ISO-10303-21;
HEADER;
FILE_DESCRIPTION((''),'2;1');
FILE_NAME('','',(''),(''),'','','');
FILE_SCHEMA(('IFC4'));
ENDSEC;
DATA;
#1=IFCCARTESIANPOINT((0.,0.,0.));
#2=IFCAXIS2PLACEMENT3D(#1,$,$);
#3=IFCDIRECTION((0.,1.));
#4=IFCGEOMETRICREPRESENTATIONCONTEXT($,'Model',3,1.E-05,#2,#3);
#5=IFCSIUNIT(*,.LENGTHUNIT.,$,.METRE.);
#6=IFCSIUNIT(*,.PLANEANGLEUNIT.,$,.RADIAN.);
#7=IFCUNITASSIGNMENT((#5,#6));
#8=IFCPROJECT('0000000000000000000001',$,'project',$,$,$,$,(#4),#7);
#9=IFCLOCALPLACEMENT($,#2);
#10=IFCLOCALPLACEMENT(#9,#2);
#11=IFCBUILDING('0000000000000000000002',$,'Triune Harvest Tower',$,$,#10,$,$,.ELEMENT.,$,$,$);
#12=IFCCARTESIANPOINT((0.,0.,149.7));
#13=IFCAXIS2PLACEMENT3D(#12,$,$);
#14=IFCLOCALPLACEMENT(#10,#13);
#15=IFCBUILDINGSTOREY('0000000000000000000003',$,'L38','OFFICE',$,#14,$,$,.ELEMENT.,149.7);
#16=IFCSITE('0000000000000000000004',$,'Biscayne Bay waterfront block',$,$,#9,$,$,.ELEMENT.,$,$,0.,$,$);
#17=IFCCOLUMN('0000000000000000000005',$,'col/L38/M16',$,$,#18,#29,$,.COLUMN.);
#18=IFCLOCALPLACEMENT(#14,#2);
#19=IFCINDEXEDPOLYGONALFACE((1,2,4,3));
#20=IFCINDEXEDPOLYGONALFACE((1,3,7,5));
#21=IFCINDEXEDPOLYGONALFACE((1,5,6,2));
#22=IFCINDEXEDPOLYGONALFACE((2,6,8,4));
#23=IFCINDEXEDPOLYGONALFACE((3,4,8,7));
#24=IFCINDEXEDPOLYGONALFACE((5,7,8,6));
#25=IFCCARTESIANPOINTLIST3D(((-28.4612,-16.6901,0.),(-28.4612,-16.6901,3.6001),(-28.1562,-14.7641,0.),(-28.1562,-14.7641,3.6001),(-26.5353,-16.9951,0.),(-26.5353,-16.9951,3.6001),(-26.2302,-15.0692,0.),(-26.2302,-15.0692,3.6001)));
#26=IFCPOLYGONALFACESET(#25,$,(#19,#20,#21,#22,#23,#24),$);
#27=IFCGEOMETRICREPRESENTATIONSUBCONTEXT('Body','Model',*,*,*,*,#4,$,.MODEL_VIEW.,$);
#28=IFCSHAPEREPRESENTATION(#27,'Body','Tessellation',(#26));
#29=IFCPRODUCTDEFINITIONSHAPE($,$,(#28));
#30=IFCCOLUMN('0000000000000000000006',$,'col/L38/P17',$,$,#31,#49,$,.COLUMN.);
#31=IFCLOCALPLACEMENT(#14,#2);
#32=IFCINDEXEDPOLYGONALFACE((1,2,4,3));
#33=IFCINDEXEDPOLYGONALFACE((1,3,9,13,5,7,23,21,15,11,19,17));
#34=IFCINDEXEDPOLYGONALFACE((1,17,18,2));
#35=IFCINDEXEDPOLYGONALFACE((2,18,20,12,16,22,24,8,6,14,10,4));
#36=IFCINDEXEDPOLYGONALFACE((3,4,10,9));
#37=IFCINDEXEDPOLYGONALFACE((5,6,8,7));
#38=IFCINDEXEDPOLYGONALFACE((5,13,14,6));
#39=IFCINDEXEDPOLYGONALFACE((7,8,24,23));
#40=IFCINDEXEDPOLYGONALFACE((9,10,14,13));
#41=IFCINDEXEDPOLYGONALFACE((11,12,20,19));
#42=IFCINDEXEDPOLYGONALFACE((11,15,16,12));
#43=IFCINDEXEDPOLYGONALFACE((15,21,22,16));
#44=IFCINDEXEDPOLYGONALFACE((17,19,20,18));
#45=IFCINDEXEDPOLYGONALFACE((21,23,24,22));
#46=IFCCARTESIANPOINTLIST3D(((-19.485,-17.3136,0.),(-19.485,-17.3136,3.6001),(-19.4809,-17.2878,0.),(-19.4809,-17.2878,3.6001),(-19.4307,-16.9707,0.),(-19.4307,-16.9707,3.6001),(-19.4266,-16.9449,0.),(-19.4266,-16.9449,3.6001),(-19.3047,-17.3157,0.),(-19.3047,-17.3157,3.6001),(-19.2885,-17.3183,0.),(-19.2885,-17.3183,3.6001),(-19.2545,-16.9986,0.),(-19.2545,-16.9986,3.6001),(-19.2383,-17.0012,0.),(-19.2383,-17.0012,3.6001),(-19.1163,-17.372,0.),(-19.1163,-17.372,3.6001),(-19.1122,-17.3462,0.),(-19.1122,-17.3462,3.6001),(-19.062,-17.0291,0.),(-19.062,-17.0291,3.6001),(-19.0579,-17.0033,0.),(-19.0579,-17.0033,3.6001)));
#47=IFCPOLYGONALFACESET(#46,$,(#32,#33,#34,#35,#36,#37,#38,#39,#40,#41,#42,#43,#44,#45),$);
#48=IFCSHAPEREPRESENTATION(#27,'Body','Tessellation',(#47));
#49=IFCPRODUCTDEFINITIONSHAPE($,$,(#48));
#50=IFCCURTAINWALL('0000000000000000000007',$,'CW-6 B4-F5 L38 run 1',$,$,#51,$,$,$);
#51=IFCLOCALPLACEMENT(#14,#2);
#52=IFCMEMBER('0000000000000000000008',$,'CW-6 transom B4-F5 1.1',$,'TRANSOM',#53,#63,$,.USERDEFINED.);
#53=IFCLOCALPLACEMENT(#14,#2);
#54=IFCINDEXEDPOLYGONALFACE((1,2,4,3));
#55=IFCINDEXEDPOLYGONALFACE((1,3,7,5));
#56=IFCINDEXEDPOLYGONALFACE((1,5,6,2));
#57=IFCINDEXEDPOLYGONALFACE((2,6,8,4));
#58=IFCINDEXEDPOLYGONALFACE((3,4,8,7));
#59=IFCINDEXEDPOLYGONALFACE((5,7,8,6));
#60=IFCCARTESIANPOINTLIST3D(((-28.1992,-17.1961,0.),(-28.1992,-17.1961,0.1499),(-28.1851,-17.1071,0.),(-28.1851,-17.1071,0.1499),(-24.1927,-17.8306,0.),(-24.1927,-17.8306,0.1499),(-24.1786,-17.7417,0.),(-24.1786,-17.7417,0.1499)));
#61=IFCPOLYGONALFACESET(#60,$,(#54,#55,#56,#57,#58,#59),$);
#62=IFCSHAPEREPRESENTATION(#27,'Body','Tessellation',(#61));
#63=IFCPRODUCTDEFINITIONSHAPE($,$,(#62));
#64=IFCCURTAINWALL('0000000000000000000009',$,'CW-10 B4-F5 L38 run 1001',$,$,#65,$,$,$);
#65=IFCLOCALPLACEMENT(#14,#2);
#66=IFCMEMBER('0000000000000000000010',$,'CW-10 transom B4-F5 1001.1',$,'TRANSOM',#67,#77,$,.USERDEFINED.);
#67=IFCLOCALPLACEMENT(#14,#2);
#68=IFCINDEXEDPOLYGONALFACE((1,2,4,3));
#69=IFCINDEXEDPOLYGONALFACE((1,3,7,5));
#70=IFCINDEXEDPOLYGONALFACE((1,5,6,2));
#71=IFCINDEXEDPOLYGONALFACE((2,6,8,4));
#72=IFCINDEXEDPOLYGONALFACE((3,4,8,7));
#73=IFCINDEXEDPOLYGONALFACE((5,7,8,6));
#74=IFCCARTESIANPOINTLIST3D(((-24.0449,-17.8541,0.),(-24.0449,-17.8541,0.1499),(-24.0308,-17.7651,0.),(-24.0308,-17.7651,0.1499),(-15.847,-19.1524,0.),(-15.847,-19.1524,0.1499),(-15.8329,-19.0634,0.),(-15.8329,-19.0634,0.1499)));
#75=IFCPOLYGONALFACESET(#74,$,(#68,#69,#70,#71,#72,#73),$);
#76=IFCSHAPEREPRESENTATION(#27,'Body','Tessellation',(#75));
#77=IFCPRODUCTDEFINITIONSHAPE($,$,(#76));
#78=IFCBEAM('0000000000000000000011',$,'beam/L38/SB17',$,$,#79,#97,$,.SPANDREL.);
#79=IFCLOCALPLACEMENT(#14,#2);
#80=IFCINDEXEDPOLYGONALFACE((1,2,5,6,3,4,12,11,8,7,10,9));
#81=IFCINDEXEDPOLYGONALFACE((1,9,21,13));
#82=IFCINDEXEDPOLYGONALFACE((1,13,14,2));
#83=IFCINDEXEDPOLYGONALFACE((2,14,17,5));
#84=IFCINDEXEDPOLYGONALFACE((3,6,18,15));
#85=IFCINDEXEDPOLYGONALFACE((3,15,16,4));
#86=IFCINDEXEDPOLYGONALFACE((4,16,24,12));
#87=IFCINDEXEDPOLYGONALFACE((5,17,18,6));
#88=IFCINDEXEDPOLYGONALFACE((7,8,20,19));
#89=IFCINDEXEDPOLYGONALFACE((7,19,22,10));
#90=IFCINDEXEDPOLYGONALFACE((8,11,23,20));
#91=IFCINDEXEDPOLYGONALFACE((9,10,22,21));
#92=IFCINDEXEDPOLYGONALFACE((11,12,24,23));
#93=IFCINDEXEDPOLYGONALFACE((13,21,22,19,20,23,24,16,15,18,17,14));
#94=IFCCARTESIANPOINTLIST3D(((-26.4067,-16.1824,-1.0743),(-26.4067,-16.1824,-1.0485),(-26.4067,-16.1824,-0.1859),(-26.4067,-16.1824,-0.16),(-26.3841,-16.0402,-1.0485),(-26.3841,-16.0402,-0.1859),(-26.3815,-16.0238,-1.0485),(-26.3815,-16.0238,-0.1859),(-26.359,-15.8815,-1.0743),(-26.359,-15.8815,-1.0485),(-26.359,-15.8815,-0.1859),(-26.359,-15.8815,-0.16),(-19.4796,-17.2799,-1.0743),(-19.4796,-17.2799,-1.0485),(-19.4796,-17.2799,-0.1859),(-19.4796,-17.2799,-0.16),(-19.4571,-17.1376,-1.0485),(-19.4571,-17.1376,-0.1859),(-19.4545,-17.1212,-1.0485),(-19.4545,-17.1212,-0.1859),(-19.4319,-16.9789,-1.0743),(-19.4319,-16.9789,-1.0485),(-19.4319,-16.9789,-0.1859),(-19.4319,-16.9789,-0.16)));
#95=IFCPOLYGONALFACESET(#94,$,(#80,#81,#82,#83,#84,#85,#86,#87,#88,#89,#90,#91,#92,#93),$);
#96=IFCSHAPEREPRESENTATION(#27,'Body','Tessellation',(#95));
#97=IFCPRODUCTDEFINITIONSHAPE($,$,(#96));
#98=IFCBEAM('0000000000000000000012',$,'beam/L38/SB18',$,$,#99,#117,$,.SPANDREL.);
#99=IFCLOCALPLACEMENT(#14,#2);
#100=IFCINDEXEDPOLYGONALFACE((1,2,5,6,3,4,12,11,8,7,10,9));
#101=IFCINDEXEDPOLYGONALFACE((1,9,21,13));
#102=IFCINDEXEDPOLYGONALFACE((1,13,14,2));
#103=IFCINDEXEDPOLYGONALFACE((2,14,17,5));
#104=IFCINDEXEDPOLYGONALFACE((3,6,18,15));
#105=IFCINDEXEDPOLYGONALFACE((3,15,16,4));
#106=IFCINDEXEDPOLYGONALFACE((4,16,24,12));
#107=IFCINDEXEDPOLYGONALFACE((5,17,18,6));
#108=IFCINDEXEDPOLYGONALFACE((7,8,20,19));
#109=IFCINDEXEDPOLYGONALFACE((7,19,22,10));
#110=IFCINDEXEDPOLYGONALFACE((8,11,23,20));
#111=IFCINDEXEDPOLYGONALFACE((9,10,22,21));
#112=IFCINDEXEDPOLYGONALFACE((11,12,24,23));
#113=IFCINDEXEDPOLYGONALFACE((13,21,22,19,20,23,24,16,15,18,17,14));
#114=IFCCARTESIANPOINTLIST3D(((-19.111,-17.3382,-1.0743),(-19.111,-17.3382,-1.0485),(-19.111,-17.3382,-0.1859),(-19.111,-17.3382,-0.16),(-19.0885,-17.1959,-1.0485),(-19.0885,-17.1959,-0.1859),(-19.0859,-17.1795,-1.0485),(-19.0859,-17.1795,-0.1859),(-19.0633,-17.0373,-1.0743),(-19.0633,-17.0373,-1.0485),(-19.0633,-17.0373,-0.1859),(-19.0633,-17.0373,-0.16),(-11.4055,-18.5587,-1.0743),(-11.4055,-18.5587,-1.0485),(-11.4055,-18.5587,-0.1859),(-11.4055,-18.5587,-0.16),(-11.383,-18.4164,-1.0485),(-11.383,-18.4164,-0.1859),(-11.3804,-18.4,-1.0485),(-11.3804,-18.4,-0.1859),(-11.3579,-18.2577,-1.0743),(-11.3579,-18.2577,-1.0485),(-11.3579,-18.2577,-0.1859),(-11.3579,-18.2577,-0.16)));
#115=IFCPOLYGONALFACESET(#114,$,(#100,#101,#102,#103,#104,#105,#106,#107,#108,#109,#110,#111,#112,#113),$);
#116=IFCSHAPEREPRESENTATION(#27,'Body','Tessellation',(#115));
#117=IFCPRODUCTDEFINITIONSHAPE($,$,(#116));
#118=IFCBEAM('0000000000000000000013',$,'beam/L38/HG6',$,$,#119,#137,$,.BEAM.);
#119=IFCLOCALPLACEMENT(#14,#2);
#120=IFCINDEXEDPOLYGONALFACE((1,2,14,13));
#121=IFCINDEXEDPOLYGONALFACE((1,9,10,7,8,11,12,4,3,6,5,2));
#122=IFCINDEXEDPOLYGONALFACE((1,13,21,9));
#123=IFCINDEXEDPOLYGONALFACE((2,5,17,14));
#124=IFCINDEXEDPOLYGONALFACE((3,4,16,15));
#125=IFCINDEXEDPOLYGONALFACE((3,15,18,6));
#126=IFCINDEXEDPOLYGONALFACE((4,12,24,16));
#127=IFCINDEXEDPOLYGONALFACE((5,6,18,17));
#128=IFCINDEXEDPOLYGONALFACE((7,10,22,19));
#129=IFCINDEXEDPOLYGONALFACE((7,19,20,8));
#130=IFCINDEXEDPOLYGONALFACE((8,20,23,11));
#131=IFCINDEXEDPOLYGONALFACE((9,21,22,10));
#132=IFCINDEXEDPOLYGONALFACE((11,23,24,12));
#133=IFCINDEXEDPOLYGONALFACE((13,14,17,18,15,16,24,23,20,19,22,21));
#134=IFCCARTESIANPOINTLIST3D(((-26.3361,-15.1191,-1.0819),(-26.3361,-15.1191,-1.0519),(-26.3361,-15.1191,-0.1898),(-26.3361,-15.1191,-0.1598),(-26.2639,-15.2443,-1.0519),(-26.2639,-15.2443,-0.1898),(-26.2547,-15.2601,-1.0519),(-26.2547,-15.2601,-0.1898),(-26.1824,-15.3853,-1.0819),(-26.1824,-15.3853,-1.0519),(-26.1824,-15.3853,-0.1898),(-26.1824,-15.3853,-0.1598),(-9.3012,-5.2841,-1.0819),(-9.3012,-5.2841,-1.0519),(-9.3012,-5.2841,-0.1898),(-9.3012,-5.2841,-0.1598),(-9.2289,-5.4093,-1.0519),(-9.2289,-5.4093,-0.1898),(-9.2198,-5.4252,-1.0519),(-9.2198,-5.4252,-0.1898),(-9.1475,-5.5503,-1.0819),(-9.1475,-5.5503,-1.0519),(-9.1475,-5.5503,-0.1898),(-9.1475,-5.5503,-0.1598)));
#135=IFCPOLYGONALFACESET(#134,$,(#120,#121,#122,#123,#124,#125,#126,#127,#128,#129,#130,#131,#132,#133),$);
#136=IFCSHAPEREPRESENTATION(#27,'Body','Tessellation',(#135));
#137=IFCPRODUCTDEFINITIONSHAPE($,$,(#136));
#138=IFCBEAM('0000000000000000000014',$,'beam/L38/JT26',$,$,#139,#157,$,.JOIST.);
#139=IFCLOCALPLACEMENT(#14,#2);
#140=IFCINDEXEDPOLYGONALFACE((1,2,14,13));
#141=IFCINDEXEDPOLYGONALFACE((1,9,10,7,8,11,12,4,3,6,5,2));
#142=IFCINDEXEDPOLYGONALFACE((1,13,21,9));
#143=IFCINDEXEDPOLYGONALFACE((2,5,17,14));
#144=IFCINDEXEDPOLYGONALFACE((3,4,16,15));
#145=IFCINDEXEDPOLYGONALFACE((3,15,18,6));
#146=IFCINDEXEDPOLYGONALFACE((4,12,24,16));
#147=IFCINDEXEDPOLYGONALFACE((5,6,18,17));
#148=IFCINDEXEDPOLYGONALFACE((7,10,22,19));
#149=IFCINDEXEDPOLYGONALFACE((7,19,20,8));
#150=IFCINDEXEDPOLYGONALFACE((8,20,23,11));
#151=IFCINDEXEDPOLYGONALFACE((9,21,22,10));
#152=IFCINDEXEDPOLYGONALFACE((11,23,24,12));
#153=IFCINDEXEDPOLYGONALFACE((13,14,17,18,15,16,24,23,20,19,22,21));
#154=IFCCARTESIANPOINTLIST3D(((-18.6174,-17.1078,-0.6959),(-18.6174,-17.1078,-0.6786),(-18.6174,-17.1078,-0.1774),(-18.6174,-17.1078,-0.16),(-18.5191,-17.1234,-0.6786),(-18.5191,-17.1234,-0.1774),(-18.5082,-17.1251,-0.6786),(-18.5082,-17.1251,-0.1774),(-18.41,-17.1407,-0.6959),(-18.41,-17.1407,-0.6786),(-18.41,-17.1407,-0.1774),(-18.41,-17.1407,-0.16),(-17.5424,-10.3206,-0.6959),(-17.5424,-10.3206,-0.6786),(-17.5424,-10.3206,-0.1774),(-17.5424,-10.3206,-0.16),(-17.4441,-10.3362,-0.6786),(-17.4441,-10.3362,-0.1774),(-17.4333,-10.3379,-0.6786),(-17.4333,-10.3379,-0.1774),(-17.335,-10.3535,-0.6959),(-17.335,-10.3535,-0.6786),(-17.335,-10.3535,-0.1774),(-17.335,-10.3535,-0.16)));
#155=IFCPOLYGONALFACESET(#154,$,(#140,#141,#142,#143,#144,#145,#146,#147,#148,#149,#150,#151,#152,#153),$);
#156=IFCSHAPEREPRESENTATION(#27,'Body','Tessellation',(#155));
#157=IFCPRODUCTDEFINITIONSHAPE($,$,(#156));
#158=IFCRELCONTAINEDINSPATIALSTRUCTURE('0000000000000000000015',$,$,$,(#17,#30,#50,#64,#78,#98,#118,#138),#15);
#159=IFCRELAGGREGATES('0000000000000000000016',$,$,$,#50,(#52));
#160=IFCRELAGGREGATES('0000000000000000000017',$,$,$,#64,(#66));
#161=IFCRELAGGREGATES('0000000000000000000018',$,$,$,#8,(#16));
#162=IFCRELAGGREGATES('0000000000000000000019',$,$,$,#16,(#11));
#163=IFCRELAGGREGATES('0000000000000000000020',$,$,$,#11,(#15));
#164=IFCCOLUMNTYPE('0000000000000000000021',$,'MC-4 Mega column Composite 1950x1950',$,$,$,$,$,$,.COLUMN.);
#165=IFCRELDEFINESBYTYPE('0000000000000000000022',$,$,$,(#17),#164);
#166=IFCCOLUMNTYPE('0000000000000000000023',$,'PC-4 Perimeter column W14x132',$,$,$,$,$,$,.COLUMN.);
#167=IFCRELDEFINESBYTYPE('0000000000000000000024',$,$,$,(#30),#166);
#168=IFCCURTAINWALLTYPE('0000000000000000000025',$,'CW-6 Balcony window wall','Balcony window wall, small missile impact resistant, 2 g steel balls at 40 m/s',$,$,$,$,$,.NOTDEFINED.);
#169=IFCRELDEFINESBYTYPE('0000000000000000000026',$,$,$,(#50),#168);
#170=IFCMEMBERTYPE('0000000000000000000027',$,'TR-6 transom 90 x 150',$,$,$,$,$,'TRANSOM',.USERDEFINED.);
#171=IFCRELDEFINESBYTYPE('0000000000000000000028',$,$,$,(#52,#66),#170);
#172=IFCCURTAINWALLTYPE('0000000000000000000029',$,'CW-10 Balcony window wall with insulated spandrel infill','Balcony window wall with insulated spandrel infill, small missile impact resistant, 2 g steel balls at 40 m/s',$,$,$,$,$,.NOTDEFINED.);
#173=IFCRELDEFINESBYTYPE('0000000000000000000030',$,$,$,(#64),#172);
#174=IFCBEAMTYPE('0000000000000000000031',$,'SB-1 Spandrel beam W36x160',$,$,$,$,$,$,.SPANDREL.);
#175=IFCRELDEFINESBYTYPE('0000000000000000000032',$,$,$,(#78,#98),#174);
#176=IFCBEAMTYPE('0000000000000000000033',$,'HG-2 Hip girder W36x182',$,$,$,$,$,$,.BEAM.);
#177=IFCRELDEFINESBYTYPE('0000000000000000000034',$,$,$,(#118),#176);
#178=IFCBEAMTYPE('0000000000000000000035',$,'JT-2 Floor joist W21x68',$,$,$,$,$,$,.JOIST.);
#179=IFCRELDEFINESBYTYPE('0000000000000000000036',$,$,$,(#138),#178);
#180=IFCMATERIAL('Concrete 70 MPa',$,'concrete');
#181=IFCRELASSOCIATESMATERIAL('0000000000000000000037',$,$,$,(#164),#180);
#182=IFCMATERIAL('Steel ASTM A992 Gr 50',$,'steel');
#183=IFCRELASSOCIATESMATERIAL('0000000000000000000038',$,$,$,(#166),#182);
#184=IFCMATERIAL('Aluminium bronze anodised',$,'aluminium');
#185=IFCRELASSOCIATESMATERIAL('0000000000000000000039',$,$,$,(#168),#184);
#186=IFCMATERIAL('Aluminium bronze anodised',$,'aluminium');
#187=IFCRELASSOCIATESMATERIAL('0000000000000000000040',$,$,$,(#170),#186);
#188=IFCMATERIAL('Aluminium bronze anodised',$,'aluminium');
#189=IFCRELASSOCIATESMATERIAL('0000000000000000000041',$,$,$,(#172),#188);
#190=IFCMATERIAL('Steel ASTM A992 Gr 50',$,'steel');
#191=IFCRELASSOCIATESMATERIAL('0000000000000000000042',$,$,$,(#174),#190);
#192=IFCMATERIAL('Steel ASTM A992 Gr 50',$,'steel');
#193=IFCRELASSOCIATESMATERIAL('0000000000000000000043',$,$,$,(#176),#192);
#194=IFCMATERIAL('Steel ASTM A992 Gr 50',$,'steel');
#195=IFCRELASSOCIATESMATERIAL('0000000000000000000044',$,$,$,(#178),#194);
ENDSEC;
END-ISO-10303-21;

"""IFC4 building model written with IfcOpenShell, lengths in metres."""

from ifc_helpers import new_model, si_unit, direction, frame, origin, origin_2d, place, context, subcontext, project, spatial, rectangle, i_section, extrude, source, transform, mapped, material, material_profile, profile_set, type_object, element, aggregate, save


model = new_model("IFC4")

# Units and contexts
model_context = context("Model", 3, precision=1e-05, world=origin(), true_north=direction((0.0, 1.0)))
body_context = subcontext(model_context, "Body", "Model", "MODEL_VIEW")
ifc_project = project(units=[si_unit("LENGTHUNIT", "METRE"), si_unit("PLANEANGLEUNIT", "RADIAN")], contexts=[model_context])

# Site, building, storey
site_placement = place(None, origin())
site = spatial("IfcSite", under=ifc_project, at=site_placement, Name="Biscayne Bay waterfront block", CompositionType="ELEMENT", RefElevation=0.0)
building_placement = place(site_placement, origin())
building = spatial("IfcBuilding", under=site, at=building_placement, Name="Triune Harvest Tower", CompositionType="ELEMENT")
storey_placement = place(building_placement, frame((0.0, 0.0, 149.7)))
storey = spatial("IfcBuildingStorey", under=building, at=storey_placement, Name="L38", Description="OFFICE", CompositionType="ELEMENT", Elevation=149.7)

# Columns
ifc_material_1 = material(Name="Concrete 70 MPa", Category="concrete")
ifc_material_profile_1 = material_profile(ifc_material_1, rectangle(XDim=1.95, YDim=1.95, at=origin_2d()), Name="Composite 1950x1950")
ifc_profile_set_1 = profile_set([ifc_material_profile_1], Name="Concrete 70 MPa")
column_type_1 = type_object("IfcColumnType", Name="MC-4 Mega column Composite 1950x1950", PredefinedType="COLUMN", material=ifc_profile_set_1)
shared_shape_1 = source(origin(), body_context, "Body", "SweptSolid", [
    extrude(rectangle(XDim=1.95, YDim=1.95, at=origin_2d()), origin(), (0.0, 0.0, 1.0), 3.6001),
])
column_1_placement = place(storey_placement, frame((-27.3457, -15.8796, 0.0), z_axis=(0.0, 0.0, 1.0), x_axis=(0.987688, -0.156434, 0.0)))
element("IfcColumn", 1, at=column_1_placement, inside=storey, type_object=column_type_1, Name="col/L38/M16", PredefinedType="COLUMN", context=body_context, shape_type="MappedRepresentation", body=[
    mapped(shared_shape_1, transform((0.0, 0.0, 0.0), scale=1.0)),
])
ifc_material_2 = material(Name="Steel ASTM A992 Gr 50", Category="steel")
ifc_material_profile_2 = material_profile(ifc_material_2, i_section(OverallWidth=0.3733, OverallDepth=0.3733, WebThickness=0.0164, FlangeThickness=0.0261, at=origin_2d()), Name="W14x132")
ifc_profile_set_2 = profile_set([ifc_material_profile_2], Name="Steel ASTM A992 Gr 50")
column_type_2 = type_object("IfcColumnType", Name="PC-4 Perimeter column W14x132", PredefinedType="COLUMN", material=ifc_profile_set_2)
shared_shape_2 = source(origin(), body_context, "Body", "SweptSolid", [
    extrude(i_section(OverallWidth=0.3733, OverallDepth=0.3733, WebThickness=0.0164, FlangeThickness=0.0261, at=origin_2d()), origin(), (0.0, 0.0, 1.0), 3.6001),
])
column_2_placement = place(storey_placement, frame((-19.2715, -17.1584, 0.0), z_axis=(0.0, 0.0, 1.0), x_axis=(0.987688, -0.156434, 0.0)))
element("IfcColumn", 2, at=column_2_placement, inside=storey, type_object=column_type_2, Name="col/L38/P17", PredefinedType="COLUMN", context=body_context, shape_type="MappedRepresentation", body=[
    mapped(shared_shape_2, transform((0.0, 0.0, 0.0), scale=1.0)),
])

# Curtain walls, members
ifc_material_3 = material(Name="Aluminium bronze anodised", Category="aluminium")
curtain_wall_type_1 = type_object("IfcCurtainWallType", Name="CW-6 Balcony window wall", Description="Balcony window wall, small missile impact resistant, 2 g steel balls at 40 m/s", PredefinedType="NOTDEFINED", material=ifc_material_3)
curtain_wall_1_placement = place(storey_placement, origin())
curtain_wall_1 = element("IfcCurtainWall", 3, at=curtain_wall_1_placement, inside=storey, type_object=curtain_wall_type_1, Name="CW-6 B4-F5 L38 run 1")
ifc_material_4 = material(Name="Aluminium bronze anodised", Category="aluminium")
ifc_material_profile_3 = material_profile(ifc_material_4, rectangle(XDim=0.0901, YDim=0.1499, at=origin_2d()), Name="TR-6 transom 90 x 150")
ifc_profile_set_3 = profile_set([ifc_material_profile_3], Name="Aluminium bronze anodised")
member_type_1 = type_object("IfcMemberType", Name="TR-6 transom 90 x 150", ElementType="TRANSOM", PredefinedType="USERDEFINED", material=ifc_profile_set_3)
member_1_placement = place(storey_placement, frame((-28.1921, -17.1516, 0.075), z_axis=(0.987689, -0.156429, 0.0), x_axis=(0.156429, 0.987689, 0.0)))
member_1 = element("IfcMember", 4, at=member_1_placement, type_object=member_type_1, Name="CW-6 transom B4-F5 1.1", ObjectType="TRANSOM", PredefinedType="USERDEFINED", context=body_context, shape_type="SweptSolid", body=[
    extrude(rectangle(XDim=0.0901, YDim=0.1499, at=origin_2d()), origin(), (0.0, 0.0, 1.0), 4.0564),
])
ifc_material_5 = material(Name="Aluminium bronze anodised", Category="aluminium")
curtain_wall_type_2 = type_object("IfcCurtainWallType", Name="CW-10 Balcony window wall with insulated spandrel infill", Description="Balcony window wall with insulated spandrel infill, small missile impact resistant, 2 g steel balls at 40 m/s", PredefinedType="NOTDEFINED", material=ifc_material_5)
curtain_wall_2_placement = place(storey_placement, origin())
curtain_wall_2 = element("IfcCurtainWall", 5, at=curtain_wall_2_placement, inside=storey, type_object=curtain_wall_type_2, Name="CW-10 B4-F5 L38 run 1001")
member_2_placement = place(storey_placement, frame((-24.0378, -17.8096, 0.075), z_axis=(0.987689, -0.156428, 0.0), x_axis=(0.156428, 0.987689, 0.0)))
member_2 = element("IfcMember", 6, at=member_2_placement, type_object=member_type_1, Name="CW-10 transom B4-F5 1001.1", ObjectType="TRANSOM", PredefinedType="USERDEFINED", context=body_context, shape_type="SweptSolid", body=[
    extrude(rectangle(XDim=0.0901, YDim=0.1499, at=origin_2d()), origin(), (0.0, 0.0, 1.0), 8.3),
])

# Beams
ifc_material_6 = material(Name="Steel ASTM A992 Gr 50", Category="steel")
ifc_material_profile_4 = material_profile(ifc_material_6, i_section(OverallWidth=0.3047, OverallDepth=0.9143, WebThickness=0.0166, FlangeThickness=0.0259, at=origin_2d()), Name="W36x160")
ifc_profile_set_4 = profile_set([ifc_material_profile_4], Name="Steel ASTM A992 Gr 50")
beam_type_1 = type_object("IfcBeamType", Name="SB-1 Spandrel beam W36x160", PredefinedType="SPANDREL", material=ifc_profile_set_4)
shared_shape_3 = source(origin(), body_context, "Body", "SweptSolid", [
    extrude(i_section(OverallWidth=0.3047, OverallDepth=0.9143, WebThickness=0.0166, FlangeThickness=0.0259, at=origin_2d()), origin(), (0.0, 0.0, 1.0), 7.0134),
])
beam_1_placement = place(storey_placement, frame((-26.3828, -16.032, -0.6172), z_axis=(0.987682, -0.156474, 0.0), x_axis=(0.156474, 0.987682, 0.0)))
element("IfcBeam", 7, at=beam_1_placement, inside=storey, type_object=beam_type_1, Name="beam/L38/SB17", PredefinedType="SPANDREL", context=body_context, shape_type="MappedRepresentation", body=[
    mapped(shared_shape_3, transform((0.0, 0.0, 0.0), scale=1.0)),
])
shared_shape_4 = source(origin(), body_context, "Body", "SweptSolid", [
    extrude(i_section(OverallWidth=0.3047, OverallDepth=0.9143, WebThickness=0.0166, FlangeThickness=0.0259, at=origin_2d()), origin(), (0.0, 0.0, 1.0), 7.8015),
])
beam_2_placement = place(storey_placement, frame((-19.0872, -17.1877, -0.6172), z_axis=(0.987688, -0.156437, 0.0), x_axis=(0.156437, 0.987688, 0.0)))
element("IfcBeam", 8, at=beam_2_placement, inside=storey, type_object=beam_type_1, Name="beam/L38/SB18", PredefinedType="SPANDREL", context=body_context, shape_type="MappedRepresentation", body=[
    mapped(shared_shape_4, transform((0.0, 0.0, 0.0), scale=1.0)),
])
ifc_material_7 = material(Name="Steel ASTM A992 Gr 50", Category="steel")
ifc_material_profile_5 = material_profile(ifc_material_7, i_section(OverallWidth=0.3074, OverallDepth=0.9221, WebThickness=0.0183, FlangeThickness=0.03, at=origin_2d()), Name="W36x182")
ifc_profile_set_5 = profile_set([ifc_material_profile_5], Name="Steel ASTM A992 Gr 50")
beam_type_2 = type_object("IfcBeamType", Name="HG-2 Hip girder W36x182", PredefinedType="BEAM", material=ifc_profile_set_5)
shared_shape_5 = source(origin(), body_context, "Body", "SweptSolid", [
    extrude(i_section(OverallWidth=0.3074, OverallDepth=0.9221, WebThickness=0.0183, FlangeThickness=0.03, at=origin_2d()), origin(), (0.0, 0.0, 1.0), 19.6702),
])
beam_3_placement = place(storey_placement, frame((-26.2593, -15.2522, -0.6208), z_axis=(0.866029, 0.499994, 0.0), x_axis=(-0.499994, 0.866029, 0.0)))
element("IfcBeam", 9, at=beam_3_placement, inside=storey, type_object=beam_type_2, Name="beam/L38/HG6", PredefinedType="BEAM", context=body_context, shape_type="MappedRepresentation", body=[
    mapped(shared_shape_5, transform((0.0, 0.0, 0.0), scale=1.0)),
])
ifc_material_8 = material(Name="Steel ASTM A992 Gr 50", Category="steel")
ifc_material_profile_6 = material_profile(ifc_material_8, i_section(OverallWidth=0.21, OverallDepth=0.5359, WebThickness=0.011, FlangeThickness=0.0173, at=origin_2d()), Name="W21x68")
ifc_profile_set_6 = profile_set([ifc_material_profile_6], Name="Steel ASTM A992 Gr 50")
beam_type_3 = type_object("IfcBeamType", Name="JT-2 Floor joist W21x68", PredefinedType="JOIST", material=ifc_profile_set_6)
shared_shape_6 = source(origin(), body_context, "Body", "SweptSolid", [
    extrude(i_section(OverallWidth=0.21, OverallDepth=0.5359, WebThickness=0.011, FlangeThickness=0.0173, at=origin_2d()), origin(), (0.0, 0.0, 1.0), 6.8718),
])
beam_4_placement = place(storey_placement, frame((-18.5137, -17.1243, -0.428), z_axis=(0.156431, 0.987689, 0.0), x_axis=(-0.987689, 0.156431, 0.0)))
element("IfcBeam", 10, at=beam_4_placement, inside=storey, type_object=beam_type_3, Name="beam/L38/JT26", PredefinedType="JOIST", context=body_context, shape_type="MappedRepresentation", body=[
    mapped(shared_shape_6, transform((0.0, 0.0, 0.0), scale=1.0)),
])

aggregate(curtain_wall_1, [member_1])
aggregate(curtain_wall_2, [member_2])

save(model, "model.ifc")
